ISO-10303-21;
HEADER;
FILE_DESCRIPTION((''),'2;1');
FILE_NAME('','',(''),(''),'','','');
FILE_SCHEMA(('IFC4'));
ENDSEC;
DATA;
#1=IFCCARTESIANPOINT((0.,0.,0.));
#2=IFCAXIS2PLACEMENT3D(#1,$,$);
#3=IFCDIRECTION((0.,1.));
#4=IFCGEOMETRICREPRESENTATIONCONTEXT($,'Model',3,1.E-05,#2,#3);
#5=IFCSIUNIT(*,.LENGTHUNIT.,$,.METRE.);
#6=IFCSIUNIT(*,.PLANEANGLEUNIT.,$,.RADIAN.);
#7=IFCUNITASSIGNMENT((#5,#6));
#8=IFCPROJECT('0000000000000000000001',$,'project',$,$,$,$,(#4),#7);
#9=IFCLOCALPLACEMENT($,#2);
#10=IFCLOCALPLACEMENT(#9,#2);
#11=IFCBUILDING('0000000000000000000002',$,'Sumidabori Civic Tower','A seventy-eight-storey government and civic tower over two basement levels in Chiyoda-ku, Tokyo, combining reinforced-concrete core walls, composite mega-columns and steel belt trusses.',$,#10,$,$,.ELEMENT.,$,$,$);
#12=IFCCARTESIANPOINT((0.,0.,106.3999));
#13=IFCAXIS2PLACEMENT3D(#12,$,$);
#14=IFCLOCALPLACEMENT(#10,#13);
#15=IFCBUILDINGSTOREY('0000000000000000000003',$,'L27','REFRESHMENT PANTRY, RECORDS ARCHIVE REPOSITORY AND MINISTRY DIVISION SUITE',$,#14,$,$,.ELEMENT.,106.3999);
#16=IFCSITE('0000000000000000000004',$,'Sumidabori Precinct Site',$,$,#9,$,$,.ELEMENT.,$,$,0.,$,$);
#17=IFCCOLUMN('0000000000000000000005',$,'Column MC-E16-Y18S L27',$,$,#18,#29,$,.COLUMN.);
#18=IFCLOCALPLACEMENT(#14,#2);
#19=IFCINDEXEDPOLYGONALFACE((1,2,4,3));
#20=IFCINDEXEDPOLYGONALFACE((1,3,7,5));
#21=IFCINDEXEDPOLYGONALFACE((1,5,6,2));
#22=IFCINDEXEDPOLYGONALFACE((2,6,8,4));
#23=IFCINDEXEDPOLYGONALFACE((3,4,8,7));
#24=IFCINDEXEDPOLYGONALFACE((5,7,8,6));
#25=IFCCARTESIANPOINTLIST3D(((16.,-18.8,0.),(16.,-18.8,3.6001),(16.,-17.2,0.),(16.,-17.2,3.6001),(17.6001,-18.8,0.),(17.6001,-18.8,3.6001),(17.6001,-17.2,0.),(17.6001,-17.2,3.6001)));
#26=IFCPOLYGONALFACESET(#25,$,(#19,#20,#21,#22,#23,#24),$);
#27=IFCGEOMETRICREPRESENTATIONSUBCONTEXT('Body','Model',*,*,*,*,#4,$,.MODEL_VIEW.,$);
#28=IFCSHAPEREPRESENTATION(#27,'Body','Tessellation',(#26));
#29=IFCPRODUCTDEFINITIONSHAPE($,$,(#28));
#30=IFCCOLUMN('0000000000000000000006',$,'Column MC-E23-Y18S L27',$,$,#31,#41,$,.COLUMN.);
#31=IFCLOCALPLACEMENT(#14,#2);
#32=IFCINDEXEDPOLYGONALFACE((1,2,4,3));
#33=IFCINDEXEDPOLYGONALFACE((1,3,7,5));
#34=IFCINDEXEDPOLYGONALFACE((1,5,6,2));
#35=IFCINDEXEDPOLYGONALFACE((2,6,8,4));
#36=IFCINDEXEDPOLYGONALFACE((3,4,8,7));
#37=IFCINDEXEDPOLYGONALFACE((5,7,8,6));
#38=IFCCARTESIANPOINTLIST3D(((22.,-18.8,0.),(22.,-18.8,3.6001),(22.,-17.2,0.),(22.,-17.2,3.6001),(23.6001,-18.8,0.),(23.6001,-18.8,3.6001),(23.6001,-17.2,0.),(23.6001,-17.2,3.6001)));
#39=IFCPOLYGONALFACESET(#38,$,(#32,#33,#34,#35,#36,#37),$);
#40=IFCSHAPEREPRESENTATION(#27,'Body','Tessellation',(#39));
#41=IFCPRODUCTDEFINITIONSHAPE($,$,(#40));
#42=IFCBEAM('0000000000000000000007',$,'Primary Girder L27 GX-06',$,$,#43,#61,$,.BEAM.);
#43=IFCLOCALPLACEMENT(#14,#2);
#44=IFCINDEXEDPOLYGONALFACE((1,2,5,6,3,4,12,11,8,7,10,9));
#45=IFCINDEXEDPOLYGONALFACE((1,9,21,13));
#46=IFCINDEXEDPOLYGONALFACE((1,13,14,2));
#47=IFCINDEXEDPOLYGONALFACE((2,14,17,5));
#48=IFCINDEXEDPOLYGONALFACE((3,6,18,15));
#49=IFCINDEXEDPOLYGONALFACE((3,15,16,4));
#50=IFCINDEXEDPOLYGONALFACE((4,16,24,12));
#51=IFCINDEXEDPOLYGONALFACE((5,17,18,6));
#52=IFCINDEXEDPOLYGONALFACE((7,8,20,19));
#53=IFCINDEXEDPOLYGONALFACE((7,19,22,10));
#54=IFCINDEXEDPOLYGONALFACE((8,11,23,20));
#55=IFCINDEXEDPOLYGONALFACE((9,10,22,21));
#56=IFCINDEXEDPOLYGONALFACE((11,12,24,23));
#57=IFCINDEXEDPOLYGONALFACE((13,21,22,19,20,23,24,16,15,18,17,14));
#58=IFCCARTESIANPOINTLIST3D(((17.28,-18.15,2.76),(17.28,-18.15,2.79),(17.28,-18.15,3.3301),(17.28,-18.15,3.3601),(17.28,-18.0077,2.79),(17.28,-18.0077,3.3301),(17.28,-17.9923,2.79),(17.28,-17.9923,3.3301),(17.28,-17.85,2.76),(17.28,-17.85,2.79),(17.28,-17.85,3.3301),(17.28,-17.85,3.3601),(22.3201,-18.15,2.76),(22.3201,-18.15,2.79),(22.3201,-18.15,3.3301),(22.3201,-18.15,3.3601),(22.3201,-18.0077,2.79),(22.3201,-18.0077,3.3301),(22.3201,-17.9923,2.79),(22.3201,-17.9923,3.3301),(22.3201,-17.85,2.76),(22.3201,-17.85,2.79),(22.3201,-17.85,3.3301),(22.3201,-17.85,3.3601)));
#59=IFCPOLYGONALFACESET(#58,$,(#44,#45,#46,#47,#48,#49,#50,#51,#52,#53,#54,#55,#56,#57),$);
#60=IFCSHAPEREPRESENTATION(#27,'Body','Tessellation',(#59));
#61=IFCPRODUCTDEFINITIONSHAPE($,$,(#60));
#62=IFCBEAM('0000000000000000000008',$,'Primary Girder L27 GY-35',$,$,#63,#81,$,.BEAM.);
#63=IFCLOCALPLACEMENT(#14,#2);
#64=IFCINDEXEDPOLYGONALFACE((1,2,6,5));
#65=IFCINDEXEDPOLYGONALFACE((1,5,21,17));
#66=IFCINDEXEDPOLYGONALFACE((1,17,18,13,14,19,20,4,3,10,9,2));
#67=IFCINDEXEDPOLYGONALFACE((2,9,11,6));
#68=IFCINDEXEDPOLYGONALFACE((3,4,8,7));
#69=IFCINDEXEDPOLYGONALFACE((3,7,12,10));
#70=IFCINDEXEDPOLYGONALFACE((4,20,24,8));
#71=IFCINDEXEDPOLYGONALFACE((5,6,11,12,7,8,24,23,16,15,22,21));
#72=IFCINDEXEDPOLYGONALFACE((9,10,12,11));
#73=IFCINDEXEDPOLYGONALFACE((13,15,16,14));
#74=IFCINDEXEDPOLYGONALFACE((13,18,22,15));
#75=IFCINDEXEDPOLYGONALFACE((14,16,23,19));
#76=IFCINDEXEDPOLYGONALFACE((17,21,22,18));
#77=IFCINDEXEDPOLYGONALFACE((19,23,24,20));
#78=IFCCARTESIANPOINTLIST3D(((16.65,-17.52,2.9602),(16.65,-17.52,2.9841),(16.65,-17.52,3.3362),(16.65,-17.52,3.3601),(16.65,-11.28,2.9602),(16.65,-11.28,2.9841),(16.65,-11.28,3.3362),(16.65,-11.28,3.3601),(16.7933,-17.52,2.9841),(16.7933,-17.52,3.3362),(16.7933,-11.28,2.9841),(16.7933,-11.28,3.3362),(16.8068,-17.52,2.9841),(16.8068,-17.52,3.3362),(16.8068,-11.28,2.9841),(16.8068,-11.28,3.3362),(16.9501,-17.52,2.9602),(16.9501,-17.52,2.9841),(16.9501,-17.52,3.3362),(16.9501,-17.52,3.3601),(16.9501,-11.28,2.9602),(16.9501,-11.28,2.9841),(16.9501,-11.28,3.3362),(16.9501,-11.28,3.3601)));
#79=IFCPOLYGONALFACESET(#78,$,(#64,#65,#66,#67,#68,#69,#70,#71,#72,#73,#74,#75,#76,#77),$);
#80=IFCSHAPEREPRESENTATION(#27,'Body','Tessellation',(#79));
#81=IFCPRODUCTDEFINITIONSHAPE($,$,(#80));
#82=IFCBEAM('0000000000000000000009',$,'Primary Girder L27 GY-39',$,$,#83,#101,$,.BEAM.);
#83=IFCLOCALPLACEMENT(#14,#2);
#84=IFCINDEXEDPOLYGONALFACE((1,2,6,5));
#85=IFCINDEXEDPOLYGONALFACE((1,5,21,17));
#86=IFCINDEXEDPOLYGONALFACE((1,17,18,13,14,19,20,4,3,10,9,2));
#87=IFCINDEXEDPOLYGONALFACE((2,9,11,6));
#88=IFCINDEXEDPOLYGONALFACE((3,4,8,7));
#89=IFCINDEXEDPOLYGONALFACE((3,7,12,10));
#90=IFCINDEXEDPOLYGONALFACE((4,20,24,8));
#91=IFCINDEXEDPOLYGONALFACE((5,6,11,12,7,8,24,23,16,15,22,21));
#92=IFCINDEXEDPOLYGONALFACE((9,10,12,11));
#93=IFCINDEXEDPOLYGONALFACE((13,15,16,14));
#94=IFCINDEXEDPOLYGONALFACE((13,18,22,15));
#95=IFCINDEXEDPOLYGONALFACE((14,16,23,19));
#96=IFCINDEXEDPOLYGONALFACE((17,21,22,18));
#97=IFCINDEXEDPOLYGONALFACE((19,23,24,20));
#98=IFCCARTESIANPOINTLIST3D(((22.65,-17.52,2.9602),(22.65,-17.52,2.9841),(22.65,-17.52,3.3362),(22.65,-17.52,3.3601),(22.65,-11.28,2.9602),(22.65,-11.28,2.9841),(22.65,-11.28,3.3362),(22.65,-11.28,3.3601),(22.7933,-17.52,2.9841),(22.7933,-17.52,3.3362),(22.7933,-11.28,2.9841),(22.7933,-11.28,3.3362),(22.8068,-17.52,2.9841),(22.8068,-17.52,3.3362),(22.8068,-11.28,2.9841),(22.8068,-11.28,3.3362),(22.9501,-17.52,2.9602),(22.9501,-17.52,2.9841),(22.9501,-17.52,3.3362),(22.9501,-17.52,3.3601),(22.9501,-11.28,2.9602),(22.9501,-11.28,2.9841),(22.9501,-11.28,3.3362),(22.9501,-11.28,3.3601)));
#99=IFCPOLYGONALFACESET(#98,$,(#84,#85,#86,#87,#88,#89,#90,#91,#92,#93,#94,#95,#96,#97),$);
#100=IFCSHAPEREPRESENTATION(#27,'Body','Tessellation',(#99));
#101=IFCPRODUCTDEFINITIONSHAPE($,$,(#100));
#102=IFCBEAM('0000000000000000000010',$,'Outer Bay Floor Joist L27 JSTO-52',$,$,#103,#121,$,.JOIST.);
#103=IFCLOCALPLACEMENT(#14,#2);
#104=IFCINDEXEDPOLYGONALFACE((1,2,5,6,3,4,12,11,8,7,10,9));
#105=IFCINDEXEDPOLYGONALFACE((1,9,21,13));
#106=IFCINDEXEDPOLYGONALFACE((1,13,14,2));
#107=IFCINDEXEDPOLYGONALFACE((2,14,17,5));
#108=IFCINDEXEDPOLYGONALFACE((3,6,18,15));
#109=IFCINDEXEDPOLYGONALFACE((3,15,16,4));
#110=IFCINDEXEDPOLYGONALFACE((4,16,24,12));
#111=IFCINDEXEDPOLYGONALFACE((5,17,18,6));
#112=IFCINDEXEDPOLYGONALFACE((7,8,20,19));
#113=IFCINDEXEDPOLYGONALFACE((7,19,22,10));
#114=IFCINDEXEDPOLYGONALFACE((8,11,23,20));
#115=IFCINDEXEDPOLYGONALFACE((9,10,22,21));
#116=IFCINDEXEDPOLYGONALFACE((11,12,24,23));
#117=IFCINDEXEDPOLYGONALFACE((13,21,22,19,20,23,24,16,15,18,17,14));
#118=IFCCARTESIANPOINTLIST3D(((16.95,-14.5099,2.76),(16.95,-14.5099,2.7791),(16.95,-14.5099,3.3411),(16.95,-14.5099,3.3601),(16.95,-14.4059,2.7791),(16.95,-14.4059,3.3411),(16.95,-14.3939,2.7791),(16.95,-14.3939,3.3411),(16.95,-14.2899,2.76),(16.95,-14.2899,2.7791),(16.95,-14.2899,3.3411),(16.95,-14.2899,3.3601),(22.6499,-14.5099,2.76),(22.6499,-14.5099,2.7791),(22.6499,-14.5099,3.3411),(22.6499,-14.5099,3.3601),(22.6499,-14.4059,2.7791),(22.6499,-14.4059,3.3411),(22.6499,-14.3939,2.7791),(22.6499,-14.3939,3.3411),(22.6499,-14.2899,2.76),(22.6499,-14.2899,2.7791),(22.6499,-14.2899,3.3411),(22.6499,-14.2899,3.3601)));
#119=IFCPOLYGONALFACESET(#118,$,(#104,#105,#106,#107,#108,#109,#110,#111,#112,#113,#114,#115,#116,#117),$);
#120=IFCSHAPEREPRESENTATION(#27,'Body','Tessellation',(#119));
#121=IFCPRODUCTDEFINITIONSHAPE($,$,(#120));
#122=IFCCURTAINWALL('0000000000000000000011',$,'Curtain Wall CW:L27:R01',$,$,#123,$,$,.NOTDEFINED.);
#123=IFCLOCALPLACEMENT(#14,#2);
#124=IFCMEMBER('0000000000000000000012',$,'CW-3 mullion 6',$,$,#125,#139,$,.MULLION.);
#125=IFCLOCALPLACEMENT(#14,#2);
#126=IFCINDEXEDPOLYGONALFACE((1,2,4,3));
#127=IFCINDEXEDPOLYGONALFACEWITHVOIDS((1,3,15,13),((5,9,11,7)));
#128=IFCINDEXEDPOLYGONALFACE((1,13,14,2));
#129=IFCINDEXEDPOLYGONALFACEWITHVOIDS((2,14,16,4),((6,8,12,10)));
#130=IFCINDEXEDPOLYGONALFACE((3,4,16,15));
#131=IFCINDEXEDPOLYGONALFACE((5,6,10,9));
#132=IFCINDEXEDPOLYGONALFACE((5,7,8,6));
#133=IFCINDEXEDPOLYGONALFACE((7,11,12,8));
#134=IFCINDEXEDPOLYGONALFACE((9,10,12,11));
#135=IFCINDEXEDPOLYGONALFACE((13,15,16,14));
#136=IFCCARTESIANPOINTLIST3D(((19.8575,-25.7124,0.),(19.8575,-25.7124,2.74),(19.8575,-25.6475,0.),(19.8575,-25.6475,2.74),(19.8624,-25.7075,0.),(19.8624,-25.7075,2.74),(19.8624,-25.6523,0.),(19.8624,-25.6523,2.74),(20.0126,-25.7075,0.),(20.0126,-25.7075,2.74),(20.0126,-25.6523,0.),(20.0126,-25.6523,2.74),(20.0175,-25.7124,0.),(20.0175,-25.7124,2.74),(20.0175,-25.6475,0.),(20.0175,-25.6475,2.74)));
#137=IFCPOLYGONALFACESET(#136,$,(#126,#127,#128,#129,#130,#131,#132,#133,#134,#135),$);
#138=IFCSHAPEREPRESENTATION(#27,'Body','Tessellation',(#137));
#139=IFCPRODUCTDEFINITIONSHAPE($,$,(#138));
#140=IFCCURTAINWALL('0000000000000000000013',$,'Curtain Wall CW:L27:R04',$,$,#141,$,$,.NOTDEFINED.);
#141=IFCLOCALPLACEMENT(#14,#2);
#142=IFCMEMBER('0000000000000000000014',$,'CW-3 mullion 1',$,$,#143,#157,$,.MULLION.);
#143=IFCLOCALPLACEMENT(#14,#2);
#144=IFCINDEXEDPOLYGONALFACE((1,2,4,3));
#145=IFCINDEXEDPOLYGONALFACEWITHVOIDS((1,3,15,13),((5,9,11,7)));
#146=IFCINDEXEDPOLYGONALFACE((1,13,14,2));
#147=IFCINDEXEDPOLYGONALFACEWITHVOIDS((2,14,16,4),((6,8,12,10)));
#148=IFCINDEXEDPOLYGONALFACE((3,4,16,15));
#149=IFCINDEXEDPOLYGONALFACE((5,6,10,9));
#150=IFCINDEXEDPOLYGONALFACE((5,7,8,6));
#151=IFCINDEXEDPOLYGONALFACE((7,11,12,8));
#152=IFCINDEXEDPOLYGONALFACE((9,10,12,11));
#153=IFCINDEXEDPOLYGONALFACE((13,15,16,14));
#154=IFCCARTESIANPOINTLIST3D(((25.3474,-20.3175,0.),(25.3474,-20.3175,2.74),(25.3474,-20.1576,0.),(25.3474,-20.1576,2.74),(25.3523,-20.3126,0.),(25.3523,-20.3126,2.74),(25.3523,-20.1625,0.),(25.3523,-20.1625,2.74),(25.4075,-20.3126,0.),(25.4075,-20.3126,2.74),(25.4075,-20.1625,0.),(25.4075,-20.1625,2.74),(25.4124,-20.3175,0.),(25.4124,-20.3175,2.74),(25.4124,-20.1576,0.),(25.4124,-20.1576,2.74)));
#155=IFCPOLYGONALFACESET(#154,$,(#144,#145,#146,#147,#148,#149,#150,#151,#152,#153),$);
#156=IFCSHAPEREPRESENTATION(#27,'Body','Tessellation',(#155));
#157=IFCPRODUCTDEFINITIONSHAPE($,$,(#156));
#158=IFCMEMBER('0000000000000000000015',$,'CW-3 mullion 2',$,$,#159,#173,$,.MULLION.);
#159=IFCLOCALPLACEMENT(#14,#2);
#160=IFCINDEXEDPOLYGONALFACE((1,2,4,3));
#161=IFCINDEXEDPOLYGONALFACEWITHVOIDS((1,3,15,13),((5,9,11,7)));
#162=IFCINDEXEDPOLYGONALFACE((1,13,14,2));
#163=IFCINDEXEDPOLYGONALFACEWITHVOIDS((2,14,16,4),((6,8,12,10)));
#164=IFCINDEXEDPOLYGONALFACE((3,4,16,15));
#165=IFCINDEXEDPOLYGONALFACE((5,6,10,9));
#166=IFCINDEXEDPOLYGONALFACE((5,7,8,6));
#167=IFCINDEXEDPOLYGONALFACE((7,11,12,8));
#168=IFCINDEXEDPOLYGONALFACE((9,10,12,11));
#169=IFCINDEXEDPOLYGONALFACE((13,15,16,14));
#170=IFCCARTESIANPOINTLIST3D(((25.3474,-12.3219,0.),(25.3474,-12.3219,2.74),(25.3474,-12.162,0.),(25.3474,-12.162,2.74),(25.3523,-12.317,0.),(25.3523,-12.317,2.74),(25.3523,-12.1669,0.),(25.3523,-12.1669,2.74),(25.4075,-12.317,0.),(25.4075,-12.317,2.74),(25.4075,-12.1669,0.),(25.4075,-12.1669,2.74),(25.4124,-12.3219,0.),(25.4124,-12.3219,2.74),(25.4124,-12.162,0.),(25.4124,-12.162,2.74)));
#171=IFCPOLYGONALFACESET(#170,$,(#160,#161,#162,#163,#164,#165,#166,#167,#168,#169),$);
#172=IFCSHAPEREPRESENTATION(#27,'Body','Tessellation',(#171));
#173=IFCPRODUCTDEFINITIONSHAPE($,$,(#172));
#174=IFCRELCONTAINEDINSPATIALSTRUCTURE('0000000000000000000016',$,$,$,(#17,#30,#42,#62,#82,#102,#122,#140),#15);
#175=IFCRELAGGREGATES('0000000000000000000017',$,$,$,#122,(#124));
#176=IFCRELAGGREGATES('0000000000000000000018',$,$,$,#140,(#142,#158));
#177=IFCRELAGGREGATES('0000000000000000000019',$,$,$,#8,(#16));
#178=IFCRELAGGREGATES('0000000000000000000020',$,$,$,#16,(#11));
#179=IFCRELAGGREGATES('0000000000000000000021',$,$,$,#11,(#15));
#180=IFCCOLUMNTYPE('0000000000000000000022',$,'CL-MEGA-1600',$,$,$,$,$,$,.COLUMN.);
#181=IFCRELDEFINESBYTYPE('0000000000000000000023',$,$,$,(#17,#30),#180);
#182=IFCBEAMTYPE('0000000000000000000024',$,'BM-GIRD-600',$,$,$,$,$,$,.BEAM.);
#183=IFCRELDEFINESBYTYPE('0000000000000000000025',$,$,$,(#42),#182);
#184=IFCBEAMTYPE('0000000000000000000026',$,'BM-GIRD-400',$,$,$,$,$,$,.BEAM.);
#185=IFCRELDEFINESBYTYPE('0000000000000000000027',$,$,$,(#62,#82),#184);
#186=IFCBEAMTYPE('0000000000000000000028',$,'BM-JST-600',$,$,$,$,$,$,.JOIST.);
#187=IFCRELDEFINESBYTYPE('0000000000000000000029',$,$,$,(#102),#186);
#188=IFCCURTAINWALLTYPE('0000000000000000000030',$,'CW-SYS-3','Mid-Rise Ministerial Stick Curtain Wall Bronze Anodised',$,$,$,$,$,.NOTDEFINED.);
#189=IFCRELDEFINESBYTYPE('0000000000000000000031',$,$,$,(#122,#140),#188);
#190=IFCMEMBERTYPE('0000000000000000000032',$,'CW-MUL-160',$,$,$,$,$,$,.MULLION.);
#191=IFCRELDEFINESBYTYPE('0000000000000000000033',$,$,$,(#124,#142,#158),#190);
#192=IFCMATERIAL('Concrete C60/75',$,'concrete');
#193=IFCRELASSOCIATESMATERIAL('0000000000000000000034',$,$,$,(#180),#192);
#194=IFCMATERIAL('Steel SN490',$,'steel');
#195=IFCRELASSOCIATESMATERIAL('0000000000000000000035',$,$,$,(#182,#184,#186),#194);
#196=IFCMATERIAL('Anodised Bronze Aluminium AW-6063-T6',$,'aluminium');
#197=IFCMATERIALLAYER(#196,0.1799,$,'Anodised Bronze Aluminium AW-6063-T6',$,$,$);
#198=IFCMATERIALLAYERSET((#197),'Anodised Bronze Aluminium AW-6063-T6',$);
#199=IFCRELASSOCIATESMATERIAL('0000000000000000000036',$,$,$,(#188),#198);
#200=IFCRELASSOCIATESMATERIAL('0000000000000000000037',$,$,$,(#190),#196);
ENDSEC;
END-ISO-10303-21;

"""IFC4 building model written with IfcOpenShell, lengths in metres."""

from ifc_helpers import new_model, si_unit, direction, frame, origin, origin_2d, place, context, subcontext, project, spatial, rectangle, hollow_rectangle, i_section, extrude, source, transform, mapped, material, layer, layer_set, material_profile, profile_set, type_object, element, aggregate, save


model = new_model("IFC4")

# Units and contexts
model_context = context("Model", 3, precision=1e-05, world=origin(), true_north=direction((0.0, 1.0)))
body_context = subcontext(model_context, "Body", "Model", "MODEL_VIEW")
ifc_project = project(units=[si_unit("LENGTHUNIT", "METRE"), si_unit("PLANEANGLEUNIT", "RADIAN")], contexts=[model_context])

# Site, building, storey
site_placement = place(None, origin())
site = spatial("IfcSite", under=ifc_project, at=site_placement, Name="Sumidabori Precinct Site", CompositionType="ELEMENT", RefElevation=0.0)
building_placement = place(site_placement, origin())
building = spatial("IfcBuilding", under=site, at=building_placement, Name="Sumidabori Civic Tower", Description="A seventy-eight-storey government and civic tower over two basement levels in Chiyoda-ku, Tokyo, combining reinforced-concrete core walls, composite mega-columns and steel belt trusses.", CompositionType="ELEMENT")
storey_placement = place(building_placement, frame((0.0, 0.0, 106.3999)))
storey = spatial("IfcBuildingStorey", under=building, at=storey_placement, Name="L27", Description="REFRESHMENT PANTRY, RECORDS ARCHIVE REPOSITORY AND MINISTRY DIVISION SUITE", CompositionType="ELEMENT", Elevation=106.3999)

# Columns
ifc_material_1 = material(Name="Concrete C60/75", Category="concrete")
ifc_material_profile_1 = material_profile(ifc_material_1, rectangle(XDim=1.6001, YDim=1.6001, at=origin_2d()), Name="RC 1600x1600")
ifc_profile_set_1 = profile_set([ifc_material_profile_1], Name="Concrete C60/75")
column_type = type_object("IfcColumnType", Name="CL-MEGA-1600", PredefinedType="COLUMN", material=ifc_profile_set_1)
shared_shape_1 = source(origin(), body_context, "Body", "SweptSolid", [
    extrude(rectangle(XDim=1.6001, YDim=1.6001, at=origin_2d()), origin(), (0.0, 0.0, 1.0), 3.6001),
])
for number, where, z_axis, x_axis, name in (
    (1, (16.8, -18.0, 0.0), (0.0, 0.0, 1.0), (1.0, 0.0, 0.0), "Column MC-E16-Y18S L27"),
    (2, (22.8, -18.0, 0.0), (0.0, 0.0, 1.0), (1.0, 0.0, 0.0), "Column MC-E23-Y18S L27"),
):
    element("IfcColumn", number, at=place(storey_placement, frame(where, z_axis=z_axis, x_axis=x_axis)), inside=storey, type_object=column_type, Name=name, PredefinedType="COLUMN", context=body_context, shape_type="MappedRepresentation", body=[
        mapped(shared_shape_1, transform((0.0, 0.0, 0.0), x_axis=(1.0, 0.0, 0.0), y_axis=(0.0, 1.0, 0.0), z_axis=(0.0, 0.0, 1.0), scale=1.0)),
    ])

# Beams
ifc_material_2 = material(Name="Steel SN490", Category="steel")
ifc_material_profile_2 = material_profile(ifc_material_2, i_section(OverallWidth=0.3, OverallDepth=0.6001, WebThickness=0.0154, FlangeThickness=0.03, at=origin_2d()), Name="HE 600 B")
ifc_profile_set_2 = profile_set([ifc_material_profile_2], Name="Steel SN490")
beam_type_1 = type_object("IfcBeamType", Name="BM-GIRD-600", PredefinedType="BEAM", material=ifc_profile_set_2)
shared_shape_2 = source(origin(), body_context, "Body", "SweptSolid", [
    extrude(i_section(OverallWidth=0.3, OverallDepth=0.6001, WebThickness=0.0154, FlangeThickness=0.03, at=origin_2d()), origin(), (0.0, 0.0, 1.0), 5.04),
])
beam_1_placement = place(storey_placement, frame((17.28, -18.0, 3.0601), z_axis=(1.0, 0.0, 0.0), x_axis=(0.0, 1.0, 0.0)))
element("IfcBeam", 3, at=beam_1_placement, inside=storey, type_object=beam_type_1, Name="Primary Girder L27 GX-06", PredefinedType="BEAM", context=body_context, shape_type="MappedRepresentation", body=[
    mapped(shared_shape_2, transform((0.0, 0.0, 0.0), x_axis=(1.0, 0.0, 0.0), y_axis=(0.0, 1.0, 0.0), z_axis=(0.0, 0.0, 1.0), scale=1.0)),
])
ifc_material_profile_3 = material_profile(ifc_material_2, i_section(OverallWidth=0.3, OverallDepth=0.3999, WebThickness=0.0134, FlangeThickness=0.0239, at=origin_2d()), Name="HE 400 B")
ifc_profile_set_3 = profile_set([ifc_material_profile_3], Name="Steel SN490")
beam_type_2 = type_object("IfcBeamType", Name="BM-GIRD-400", PredefinedType="BEAM", material=ifc_profile_set_3)
shared_shape_3 = source(origin(), body_context, "Body", "SweptSolid", [
    extrude(i_section(OverallWidth=0.3, OverallDepth=0.3999, WebThickness=0.0134, FlangeThickness=0.0239, at=origin_2d()), origin(), (0.0, 0.0, 1.0), 6.24),
])
for number, where, z_axis, x_axis, name in (
    (4, (16.8, -17.52, 3.1602), (0.0, 1.0, 0.0), (-1.0, 0.0, 0.0), "Primary Girder L27 GY-35"),
    (5, (22.8, -17.52, 3.1602), (0.0, 1.0, 0.0), (-1.0, 0.0, 0.0), "Primary Girder L27 GY-39"),
):
    element("IfcBeam", number, at=place(storey_placement, frame(where, z_axis=z_axis, x_axis=x_axis)), inside=storey, type_object=beam_type_2, Name=name, PredefinedType="BEAM", context=body_context, shape_type="MappedRepresentation", body=[
        mapped(shared_shape_3, transform((0.0, 0.0, 0.0), x_axis=(1.0, 0.0, 0.0), y_axis=(0.0, 1.0, 0.0), z_axis=(0.0, 0.0, 1.0), scale=1.0)),
    ])
ifc_material_profile_4 = material_profile(ifc_material_2, i_section(OverallWidth=0.22, OverallDepth=0.6001, WebThickness=0.012, FlangeThickness=0.019, at=origin_2d()), Name="IPE 600")
ifc_profile_set_4 = profile_set([ifc_material_profile_4], Name="Steel SN490")
beam_type_3 = type_object("IfcBeamType", Name="BM-JST-600", PredefinedType="JOIST", material=ifc_profile_set_4)
shared_shape_4 = source(origin(), body_context, "Body", "SweptSolid", [
    extrude(i_section(OverallWidth=0.22, OverallDepth=0.6001, WebThickness=0.012, FlangeThickness=0.019, at=origin_2d()), origin(), (0.0, 0.0, 1.0), 5.7),
])
beam_2_placement = place(storey_placement, frame((16.95, -14.3999, 3.0601), z_axis=(1.0, 0.0, 0.0), x_axis=(0.0, 1.0, 0.0)))
element("IfcBeam", 6, at=beam_2_placement, inside=storey, type_object=beam_type_3, Name="Outer Bay Floor Joist L27 JSTO-52", PredefinedType="JOIST", context=body_context, shape_type="MappedRepresentation", body=[
    mapped(shared_shape_4, transform((0.0, 0.0, 0.0), x_axis=(1.0, 0.0, 0.0), y_axis=(0.0, 1.0, 0.0), z_axis=(0.0, 0.0, 1.0), scale=1.0)),
])

# Curtain wall, member
ifc_material_3 = material(Name="Anodised Bronze Aluminium AW-6063-T6", Category="aluminium")
ifc_layer_1 = layer(ifc_material_3, 0.1799, Name="Anodised Bronze Aluminium AW-6063-T6")
ifc_layer_set_1 = layer_set([ifc_layer_1], Name="Anodised Bronze Aluminium AW-6063-T6")
curtain_wall_type = type_object("IfcCurtainWallType", Name="CW-SYS-3", Description="Mid-Rise Ministerial Stick Curtain Wall Bronze Anodised", PredefinedType="NOTDEFINED", material=ifc_layer_set_1)
curtain_wall_1_placement = place(storey_placement, origin())
curtain_wall_1 = element("IfcCurtainWall", 7, at=curtain_wall_1_placement, inside=storey, type_object=curtain_wall_type, Name="Curtain Wall CW:L27:R01", PredefinedType="NOTDEFINED")
ifc_material_profile_5 = material_profile(ifc_material_3, hollow_rectangle(XDim=0.0649, YDim=0.1599, WallThickness=0.0049, at=origin_2d()), Name="ALU MULLION 160x65")
ifc_profile_set_5 = profile_set([ifc_material_profile_5], Name="Anodised Bronze Aluminium AW-6063-T6")
member_type_1 = type_object("IfcMemberType", Name="CW-MUL-160", PredefinedType="MULLION", material=ifc_profile_set_5)
shared_shape_5 = source(origin(), body_context, "Body", "SweptSolid", [
    extrude(hollow_rectangle(XDim=0.0649, YDim=0.1599, WallThickness=0.0049, at=origin_2d()), origin(), (0.0, 0.0, 1.0), 2.74),
])
member_1_placement = place(storey_placement, frame((19.9375, -25.6799, 0.0), z_axis=(0.0, 0.0, 1.0), x_axis=(0.0, 1.0, 0.0)))
member_1 = element("IfcMember", 8, at=member_1_placement, type_object=member_type_1, Name="CW-3 mullion 6", PredefinedType="MULLION", context=body_context, shape_type="MappedRepresentation", body=[
    mapped(shared_shape_5, transform((0.0, 0.0, 0.0), x_axis=(1.0, 0.0, 0.0), y_axis=(0.0, 1.0, 0.0), z_axis=(0.0, 0.0, 1.0), scale=1.0)),
])
aggregate(curtain_wall_1, [member_1])

# Curtain wall, members
curtain_wall_2_placement = place(storey_placement, origin())
curtain_wall_2 = element("IfcCurtainWall", 9, at=curtain_wall_2_placement, inside=storey, type_object=curtain_wall_type, Name="Curtain Wall CW:L27:R04", PredefinedType="NOTDEFINED")
member_2_placement = place(storey_placement, frame((25.3799, -20.2375, 0.0), z_axis=(0.0, 0.0, 1.0), x_axis=(-1.0, 0.0, 0.0)))
member_2 = element("IfcMember", 10, at=member_2_placement, type_object=member_type_1, Name="CW-3 mullion 1", PredefinedType="MULLION", context=body_context, shape_type="MappedRepresentation", body=[
    mapped(shared_shape_5, transform((0.0, 0.0, 0.0), x_axis=(1.0, 0.0, 0.0), y_axis=(0.0, 1.0, 0.0), z_axis=(0.0, 0.0, 1.0), scale=1.0)),
])
member_3_placement = place(storey_placement, frame((25.3799, -12.2419, 0.0), z_axis=(0.0, 0.0, 1.0), x_axis=(-1.0, 0.0, 0.0)))
member_3 = element("IfcMember", 11, at=member_3_placement, type_object=member_type_1, Name="CW-3 mullion 2", PredefinedType="MULLION", context=body_context, shape_type="MappedRepresentation", body=[
    mapped(shared_shape_5, transform((0.0, 0.0, 0.0), x_axis=(1.0, 0.0, 0.0), y_axis=(0.0, 1.0, 0.0), z_axis=(0.0, 0.0, 1.0), scale=1.0)),
])
aggregate(curtain_wall_2, [member_2, member_3])

save(model, "model.ifc")
